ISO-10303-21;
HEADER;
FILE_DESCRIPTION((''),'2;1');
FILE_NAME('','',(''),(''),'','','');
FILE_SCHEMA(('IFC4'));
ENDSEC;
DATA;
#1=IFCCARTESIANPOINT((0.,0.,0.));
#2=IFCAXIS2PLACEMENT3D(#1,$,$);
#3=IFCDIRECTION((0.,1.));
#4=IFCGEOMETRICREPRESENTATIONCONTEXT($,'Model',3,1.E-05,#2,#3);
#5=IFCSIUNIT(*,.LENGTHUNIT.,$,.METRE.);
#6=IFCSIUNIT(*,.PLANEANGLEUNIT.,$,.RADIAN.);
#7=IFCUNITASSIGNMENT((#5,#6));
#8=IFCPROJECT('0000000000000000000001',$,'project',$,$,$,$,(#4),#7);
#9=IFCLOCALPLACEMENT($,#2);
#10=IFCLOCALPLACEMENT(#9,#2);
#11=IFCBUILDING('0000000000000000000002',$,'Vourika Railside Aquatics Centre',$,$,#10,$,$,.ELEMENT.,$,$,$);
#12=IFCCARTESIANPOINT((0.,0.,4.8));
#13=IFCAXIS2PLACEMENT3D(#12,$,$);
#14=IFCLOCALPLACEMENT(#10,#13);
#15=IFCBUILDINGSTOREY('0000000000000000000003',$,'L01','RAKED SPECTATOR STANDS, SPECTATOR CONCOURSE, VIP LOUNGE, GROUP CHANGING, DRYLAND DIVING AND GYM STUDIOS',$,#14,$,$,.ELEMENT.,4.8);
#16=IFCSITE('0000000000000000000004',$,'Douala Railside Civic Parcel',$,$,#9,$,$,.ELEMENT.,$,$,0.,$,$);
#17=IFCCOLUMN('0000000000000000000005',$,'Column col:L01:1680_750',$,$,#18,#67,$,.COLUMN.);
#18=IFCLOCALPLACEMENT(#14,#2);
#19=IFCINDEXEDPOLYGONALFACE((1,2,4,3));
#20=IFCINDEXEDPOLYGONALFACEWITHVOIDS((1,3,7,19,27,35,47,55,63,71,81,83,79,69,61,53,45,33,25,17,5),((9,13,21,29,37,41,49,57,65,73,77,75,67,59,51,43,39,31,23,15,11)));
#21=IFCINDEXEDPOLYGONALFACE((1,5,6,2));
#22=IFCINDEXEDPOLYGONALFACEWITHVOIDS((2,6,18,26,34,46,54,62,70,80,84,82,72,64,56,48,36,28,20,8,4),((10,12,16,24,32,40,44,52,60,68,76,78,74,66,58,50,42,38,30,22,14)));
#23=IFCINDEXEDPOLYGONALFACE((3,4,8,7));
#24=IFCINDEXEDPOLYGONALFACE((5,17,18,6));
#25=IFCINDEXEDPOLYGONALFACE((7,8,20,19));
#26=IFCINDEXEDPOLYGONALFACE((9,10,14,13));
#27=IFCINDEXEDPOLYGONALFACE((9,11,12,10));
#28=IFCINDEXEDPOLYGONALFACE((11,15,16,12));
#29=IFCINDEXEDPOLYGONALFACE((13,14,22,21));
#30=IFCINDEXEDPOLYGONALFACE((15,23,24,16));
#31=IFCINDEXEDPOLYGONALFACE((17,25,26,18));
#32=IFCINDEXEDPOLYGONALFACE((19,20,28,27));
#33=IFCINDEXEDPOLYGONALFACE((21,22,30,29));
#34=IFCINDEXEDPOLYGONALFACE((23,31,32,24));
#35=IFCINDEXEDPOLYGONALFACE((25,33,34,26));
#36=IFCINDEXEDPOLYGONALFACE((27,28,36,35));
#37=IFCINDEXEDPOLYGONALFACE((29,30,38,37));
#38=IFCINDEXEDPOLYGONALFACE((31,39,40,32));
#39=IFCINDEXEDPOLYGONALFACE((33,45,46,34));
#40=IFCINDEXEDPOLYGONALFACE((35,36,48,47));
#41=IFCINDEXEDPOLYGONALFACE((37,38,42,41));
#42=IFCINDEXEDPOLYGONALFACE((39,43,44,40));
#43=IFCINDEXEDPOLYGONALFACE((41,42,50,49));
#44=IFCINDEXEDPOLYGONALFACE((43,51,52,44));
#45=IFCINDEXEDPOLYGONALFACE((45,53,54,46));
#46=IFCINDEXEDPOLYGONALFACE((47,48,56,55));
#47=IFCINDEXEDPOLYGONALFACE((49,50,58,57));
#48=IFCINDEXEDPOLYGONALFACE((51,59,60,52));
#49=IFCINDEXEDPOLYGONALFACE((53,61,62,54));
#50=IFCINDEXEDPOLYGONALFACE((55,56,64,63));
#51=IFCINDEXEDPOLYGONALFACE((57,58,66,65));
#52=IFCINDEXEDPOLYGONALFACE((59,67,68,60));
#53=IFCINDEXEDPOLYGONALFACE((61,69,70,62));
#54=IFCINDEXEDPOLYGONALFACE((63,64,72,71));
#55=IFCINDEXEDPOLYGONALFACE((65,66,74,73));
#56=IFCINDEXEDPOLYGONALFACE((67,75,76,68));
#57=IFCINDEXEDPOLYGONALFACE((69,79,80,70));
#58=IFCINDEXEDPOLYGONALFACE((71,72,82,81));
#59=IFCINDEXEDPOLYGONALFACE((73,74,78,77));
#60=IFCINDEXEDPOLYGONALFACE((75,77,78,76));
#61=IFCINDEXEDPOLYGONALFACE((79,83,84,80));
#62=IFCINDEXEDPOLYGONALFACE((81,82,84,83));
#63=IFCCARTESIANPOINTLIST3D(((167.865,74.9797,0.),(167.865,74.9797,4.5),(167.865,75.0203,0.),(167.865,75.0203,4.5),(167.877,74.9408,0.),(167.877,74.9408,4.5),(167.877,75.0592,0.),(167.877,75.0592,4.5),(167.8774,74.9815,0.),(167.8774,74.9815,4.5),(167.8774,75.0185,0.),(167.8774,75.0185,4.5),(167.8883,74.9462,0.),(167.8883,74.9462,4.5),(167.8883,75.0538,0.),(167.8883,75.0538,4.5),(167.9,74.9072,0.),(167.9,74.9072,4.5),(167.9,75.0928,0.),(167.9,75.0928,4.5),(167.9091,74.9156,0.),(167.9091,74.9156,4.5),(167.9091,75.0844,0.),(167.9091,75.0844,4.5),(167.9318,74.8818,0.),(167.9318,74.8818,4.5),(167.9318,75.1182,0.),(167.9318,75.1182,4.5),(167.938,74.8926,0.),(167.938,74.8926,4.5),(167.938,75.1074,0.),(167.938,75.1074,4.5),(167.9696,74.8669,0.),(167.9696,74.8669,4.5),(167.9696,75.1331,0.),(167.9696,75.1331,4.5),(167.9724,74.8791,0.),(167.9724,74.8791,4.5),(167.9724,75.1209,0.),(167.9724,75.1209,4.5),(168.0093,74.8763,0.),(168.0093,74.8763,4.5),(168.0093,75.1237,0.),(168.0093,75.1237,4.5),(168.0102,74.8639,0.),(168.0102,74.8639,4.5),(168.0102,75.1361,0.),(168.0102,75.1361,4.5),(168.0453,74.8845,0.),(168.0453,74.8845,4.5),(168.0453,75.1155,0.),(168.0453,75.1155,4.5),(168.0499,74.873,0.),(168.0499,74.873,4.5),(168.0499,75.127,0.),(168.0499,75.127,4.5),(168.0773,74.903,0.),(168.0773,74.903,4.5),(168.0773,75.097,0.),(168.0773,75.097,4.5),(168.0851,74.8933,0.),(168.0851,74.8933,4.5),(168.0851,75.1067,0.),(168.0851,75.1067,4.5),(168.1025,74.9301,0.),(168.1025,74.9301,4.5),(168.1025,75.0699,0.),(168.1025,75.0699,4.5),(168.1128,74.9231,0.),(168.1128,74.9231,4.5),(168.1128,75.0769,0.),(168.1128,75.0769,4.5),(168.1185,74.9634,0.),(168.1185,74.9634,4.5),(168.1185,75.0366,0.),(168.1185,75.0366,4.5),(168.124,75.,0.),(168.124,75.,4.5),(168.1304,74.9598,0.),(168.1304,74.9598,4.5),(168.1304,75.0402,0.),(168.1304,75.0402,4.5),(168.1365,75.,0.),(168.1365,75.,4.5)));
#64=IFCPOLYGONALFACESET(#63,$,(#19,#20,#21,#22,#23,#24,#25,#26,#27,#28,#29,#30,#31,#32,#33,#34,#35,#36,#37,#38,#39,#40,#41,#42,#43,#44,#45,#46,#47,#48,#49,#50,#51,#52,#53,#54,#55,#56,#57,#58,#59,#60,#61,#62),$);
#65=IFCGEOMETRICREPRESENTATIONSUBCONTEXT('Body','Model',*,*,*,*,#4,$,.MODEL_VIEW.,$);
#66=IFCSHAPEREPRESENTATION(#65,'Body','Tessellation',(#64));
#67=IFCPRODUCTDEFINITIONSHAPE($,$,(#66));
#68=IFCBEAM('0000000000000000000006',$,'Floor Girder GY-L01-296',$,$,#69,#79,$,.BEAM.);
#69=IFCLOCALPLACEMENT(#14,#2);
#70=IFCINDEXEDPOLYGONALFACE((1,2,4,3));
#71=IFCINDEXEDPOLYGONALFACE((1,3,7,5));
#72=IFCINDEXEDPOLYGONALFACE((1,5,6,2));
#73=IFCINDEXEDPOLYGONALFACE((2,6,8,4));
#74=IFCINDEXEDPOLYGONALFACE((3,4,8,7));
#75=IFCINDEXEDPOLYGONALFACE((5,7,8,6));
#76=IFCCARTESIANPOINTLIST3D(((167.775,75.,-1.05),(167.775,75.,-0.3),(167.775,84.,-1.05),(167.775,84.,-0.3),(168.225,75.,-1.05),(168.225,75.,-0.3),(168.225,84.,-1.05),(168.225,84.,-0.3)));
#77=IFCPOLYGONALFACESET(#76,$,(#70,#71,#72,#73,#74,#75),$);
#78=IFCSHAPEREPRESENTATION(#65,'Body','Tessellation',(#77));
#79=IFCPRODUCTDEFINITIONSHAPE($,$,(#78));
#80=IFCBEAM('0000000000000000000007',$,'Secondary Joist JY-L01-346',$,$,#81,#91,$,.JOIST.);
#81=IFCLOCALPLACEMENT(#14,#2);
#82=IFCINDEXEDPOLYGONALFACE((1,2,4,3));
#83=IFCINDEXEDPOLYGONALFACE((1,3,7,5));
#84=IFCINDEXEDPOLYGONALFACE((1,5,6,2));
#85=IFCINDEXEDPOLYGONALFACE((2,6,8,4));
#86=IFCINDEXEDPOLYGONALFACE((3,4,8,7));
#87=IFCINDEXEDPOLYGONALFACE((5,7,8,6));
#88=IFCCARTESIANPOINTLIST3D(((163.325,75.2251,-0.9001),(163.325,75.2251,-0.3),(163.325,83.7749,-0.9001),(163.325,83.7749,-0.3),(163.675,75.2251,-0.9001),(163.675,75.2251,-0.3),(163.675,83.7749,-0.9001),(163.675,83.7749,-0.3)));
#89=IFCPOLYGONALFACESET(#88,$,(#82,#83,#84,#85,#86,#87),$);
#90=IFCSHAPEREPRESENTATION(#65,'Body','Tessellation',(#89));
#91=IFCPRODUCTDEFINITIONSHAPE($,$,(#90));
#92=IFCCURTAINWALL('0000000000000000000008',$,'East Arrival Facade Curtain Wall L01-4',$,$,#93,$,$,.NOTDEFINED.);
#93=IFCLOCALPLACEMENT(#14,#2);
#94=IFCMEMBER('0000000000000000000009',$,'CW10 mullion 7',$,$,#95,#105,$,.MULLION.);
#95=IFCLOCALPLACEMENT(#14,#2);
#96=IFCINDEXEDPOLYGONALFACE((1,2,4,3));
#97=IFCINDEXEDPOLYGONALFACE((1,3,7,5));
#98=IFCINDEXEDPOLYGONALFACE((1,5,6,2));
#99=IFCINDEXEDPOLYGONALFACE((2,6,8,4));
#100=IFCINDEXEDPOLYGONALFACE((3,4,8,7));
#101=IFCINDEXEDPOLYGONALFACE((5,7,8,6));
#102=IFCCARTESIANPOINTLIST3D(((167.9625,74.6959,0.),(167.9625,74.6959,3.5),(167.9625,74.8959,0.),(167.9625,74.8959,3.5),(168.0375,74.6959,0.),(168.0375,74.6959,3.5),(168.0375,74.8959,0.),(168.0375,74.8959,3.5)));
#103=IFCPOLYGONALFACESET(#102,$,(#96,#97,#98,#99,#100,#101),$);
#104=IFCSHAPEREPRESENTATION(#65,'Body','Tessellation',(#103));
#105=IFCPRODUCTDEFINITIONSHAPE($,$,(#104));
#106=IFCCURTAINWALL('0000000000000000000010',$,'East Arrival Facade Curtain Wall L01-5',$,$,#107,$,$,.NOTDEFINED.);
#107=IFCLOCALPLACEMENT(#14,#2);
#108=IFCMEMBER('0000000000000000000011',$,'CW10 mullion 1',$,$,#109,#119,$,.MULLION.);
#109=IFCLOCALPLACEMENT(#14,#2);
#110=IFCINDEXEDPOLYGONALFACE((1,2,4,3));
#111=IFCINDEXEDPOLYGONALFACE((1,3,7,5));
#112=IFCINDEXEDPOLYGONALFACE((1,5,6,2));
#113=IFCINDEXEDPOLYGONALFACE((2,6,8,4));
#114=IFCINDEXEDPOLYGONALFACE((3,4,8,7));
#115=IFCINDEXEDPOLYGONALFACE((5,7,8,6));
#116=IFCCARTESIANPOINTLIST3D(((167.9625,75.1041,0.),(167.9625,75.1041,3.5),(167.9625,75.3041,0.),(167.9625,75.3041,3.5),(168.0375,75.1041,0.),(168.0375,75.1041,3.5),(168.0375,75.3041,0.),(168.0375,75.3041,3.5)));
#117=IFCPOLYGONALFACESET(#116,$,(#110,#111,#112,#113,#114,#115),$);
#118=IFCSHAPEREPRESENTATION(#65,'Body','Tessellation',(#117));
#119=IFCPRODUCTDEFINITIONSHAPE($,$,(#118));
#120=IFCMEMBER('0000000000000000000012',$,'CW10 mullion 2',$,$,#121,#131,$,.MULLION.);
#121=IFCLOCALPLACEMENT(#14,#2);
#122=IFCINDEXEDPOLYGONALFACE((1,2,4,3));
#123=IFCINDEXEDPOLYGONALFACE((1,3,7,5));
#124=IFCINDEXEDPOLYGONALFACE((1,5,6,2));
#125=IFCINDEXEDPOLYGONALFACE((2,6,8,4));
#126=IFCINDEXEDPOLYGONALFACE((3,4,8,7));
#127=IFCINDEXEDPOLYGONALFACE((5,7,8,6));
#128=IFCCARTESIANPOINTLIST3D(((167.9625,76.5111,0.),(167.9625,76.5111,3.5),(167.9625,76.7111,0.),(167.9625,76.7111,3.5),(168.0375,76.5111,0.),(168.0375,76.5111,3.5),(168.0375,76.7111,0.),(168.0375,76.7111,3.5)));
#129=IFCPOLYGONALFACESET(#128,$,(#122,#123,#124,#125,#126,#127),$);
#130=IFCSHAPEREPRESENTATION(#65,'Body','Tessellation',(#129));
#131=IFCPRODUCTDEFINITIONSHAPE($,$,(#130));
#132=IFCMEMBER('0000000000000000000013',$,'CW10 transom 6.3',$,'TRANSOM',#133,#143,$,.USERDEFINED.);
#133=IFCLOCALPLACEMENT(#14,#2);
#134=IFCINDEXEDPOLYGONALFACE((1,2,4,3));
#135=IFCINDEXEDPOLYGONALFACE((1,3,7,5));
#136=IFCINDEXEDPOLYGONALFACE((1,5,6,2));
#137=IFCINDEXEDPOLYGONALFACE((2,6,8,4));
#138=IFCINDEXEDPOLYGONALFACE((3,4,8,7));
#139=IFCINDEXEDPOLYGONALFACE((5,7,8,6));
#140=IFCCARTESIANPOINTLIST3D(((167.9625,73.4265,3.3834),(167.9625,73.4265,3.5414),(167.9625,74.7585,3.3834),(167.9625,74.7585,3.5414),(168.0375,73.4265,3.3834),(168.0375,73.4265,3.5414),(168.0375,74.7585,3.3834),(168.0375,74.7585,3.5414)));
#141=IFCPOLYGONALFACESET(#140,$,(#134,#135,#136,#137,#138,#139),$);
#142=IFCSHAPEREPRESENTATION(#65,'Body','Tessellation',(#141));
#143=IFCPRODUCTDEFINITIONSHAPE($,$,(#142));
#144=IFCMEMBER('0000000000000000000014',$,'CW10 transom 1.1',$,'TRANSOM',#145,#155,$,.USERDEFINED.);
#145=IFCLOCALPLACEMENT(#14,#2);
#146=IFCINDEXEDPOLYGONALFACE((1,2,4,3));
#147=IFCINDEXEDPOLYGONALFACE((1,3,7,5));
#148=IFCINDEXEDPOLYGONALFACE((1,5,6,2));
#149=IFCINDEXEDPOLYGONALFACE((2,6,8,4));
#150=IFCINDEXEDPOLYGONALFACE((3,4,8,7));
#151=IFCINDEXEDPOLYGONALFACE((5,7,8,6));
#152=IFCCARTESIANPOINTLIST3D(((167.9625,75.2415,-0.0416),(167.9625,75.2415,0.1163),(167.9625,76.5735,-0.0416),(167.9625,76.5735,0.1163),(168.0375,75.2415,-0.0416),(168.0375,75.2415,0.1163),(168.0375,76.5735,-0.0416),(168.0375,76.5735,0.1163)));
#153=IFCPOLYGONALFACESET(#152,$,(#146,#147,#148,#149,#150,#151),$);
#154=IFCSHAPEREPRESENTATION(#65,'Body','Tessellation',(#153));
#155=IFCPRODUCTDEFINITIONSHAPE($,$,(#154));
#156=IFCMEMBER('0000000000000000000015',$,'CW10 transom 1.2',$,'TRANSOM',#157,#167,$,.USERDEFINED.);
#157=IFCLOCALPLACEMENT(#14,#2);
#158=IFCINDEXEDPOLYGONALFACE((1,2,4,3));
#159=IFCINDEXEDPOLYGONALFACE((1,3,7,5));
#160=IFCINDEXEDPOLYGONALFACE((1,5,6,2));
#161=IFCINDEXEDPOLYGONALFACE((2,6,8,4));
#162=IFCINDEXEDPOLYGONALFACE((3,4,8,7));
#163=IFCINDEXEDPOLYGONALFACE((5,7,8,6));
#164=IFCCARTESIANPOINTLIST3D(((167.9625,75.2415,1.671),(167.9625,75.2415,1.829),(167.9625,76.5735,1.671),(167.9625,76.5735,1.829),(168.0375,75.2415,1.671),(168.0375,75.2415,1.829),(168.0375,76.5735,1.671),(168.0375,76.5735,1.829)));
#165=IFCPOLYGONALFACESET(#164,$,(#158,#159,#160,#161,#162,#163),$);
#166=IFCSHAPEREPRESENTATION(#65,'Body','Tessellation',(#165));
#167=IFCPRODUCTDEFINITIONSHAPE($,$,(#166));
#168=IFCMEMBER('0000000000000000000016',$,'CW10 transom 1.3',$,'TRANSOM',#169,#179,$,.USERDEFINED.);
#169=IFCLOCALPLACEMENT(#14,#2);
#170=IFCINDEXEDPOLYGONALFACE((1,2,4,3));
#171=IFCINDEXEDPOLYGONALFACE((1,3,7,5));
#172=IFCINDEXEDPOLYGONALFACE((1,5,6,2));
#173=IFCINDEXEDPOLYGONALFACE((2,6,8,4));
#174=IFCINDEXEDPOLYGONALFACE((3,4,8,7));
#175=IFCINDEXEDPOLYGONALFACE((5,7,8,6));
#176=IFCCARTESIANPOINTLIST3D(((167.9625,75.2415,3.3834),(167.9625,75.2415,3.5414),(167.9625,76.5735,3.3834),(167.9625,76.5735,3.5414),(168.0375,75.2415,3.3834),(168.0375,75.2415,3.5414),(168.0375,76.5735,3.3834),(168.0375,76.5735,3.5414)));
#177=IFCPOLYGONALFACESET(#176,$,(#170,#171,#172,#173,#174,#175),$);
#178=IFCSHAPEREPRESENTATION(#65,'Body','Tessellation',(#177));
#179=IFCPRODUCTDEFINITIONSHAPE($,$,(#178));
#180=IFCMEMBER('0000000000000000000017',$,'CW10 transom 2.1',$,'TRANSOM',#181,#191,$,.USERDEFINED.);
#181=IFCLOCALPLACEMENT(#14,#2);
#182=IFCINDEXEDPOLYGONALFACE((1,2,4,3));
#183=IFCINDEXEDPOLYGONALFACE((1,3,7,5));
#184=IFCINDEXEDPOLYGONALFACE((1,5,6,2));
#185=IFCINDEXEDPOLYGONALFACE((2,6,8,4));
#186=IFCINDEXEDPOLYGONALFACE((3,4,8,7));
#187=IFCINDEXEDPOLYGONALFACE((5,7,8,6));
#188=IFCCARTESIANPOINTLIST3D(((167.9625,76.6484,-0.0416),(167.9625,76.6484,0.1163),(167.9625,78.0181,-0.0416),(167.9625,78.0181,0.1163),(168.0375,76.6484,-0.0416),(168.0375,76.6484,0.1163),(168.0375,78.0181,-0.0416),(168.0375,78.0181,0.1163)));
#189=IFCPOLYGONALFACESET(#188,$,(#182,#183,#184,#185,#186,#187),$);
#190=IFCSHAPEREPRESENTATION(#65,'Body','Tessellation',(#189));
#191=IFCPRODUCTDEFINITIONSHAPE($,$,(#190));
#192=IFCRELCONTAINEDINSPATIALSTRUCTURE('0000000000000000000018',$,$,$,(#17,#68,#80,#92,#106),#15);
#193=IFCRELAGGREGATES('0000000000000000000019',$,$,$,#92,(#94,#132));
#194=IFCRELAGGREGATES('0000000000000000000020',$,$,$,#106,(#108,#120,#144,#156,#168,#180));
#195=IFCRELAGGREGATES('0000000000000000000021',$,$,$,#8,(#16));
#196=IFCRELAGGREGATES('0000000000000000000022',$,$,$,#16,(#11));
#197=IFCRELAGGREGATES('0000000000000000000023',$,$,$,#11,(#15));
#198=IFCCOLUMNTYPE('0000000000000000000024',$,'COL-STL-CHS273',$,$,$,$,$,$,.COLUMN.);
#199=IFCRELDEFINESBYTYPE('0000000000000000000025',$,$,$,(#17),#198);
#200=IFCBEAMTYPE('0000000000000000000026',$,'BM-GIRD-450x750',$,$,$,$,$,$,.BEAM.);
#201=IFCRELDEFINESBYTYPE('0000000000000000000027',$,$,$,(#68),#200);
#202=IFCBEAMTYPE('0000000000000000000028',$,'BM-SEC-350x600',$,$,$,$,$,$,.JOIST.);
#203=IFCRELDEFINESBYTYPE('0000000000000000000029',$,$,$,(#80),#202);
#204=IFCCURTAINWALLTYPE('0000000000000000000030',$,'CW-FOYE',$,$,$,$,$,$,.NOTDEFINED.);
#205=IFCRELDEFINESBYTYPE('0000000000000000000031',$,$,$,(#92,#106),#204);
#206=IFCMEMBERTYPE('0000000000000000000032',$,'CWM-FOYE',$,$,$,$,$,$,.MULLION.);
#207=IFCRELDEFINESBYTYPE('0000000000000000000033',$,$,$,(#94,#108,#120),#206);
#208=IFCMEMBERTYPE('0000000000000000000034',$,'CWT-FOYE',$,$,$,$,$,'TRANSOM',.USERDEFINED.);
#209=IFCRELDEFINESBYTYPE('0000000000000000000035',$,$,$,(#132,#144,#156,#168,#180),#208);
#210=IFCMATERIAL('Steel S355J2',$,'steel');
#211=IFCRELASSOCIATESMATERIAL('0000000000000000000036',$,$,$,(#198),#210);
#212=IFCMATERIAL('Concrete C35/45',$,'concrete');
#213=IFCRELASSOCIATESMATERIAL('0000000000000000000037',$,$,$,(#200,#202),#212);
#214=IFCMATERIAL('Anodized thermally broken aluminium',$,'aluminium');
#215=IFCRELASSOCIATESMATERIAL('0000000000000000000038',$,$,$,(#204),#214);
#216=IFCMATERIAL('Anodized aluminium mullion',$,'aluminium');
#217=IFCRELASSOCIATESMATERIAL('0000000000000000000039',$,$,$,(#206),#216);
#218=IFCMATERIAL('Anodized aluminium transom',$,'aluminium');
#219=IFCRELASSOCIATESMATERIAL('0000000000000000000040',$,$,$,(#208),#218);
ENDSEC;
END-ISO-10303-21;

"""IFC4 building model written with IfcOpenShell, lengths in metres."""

from ifc_helpers import new_model, si_unit, direction, frame, origin, origin_2d, place, context, subcontext, project, spatial, rectangle, hollow_circle, extrude, material, material_profile, profile_set, type_object, element, aggregate, save


model = new_model("IFC4")

# Units and contexts
model_context = context("Model", 3, precision=1e-05, world=origin(), true_north=direction((0.0, 1.0)))
body_context = subcontext(model_context, "Body", "Model", "MODEL_VIEW")
ifc_project = project(units=[si_unit("LENGTHUNIT", "METRE"), si_unit("PLANEANGLEUNIT", "RADIAN")], contexts=[model_context])

# Site, building, storey
site_placement = place(None, origin())
site = spatial("IfcSite", under=ifc_project, at=site_placement, Name="Douala Railside Civic Parcel", CompositionType="ELEMENT", RefElevation=0.0)
building_placement = place(site_placement, origin())
building = spatial("IfcBuilding", under=site, at=building_placement, Name="Vourika Railside Aquatics Centre", CompositionType="ELEMENT")
storey_placement = place(building_placement, frame((0.0, 0.0, 4.8)))
storey = spatial("IfcBuildingStorey", under=building, at=storey_placement, Name="L01", Description="RAKED SPECTATOR STANDS, SPECTATOR CONCOURSE, VIP LOUNGE, GROUP CHANGING, DRYLAND DIVING AND GYM STUDIOS", CompositionType="ELEMENT", Elevation=4.8)

# Column
ifc_material_1 = material(Name="Steel S355J2", Category="steel")
ifc_material_profile_1 = material_profile(ifc_material_1, hollow_circle(Radius=0.1365, WallThickness=0.0125, at=origin_2d()), Name="CHS 273x12.5")
ifc_profile_set_1 = profile_set([ifc_material_profile_1], Name="Steel S355J2")
column_type = type_object("IfcColumnType", Name="COL-STL-CHS273", PredefinedType="COLUMN", material=ifc_profile_set_1)
column_placement = place(storey_placement, frame((168.0, 75.0, 0.0), z_axis=(0.0, 0.0, 1.0), x_axis=(1.0, 0.0, 0.0)))
element("IfcColumn", 1, at=column_placement, inside=storey, type_object=column_type, Name="Column col:L01:1680_750", PredefinedType="COLUMN", context=body_context, shape_type="SweptSolid", body=[
    extrude(hollow_circle(Radius=0.1365, WallThickness=0.0125, at=origin_2d()), origin(), (0.0, 0.0, 1.0), 4.5),
])

# Beams
ifc_material_2 = material(Name="Concrete C35/45", Category="concrete")
ifc_material_profile_2 = material_profile(ifc_material_2, rectangle(XDim=0.45, YDim=0.75, at=origin_2d()), Name="RC 450x750")
ifc_profile_set_2 = profile_set([ifc_material_profile_2], Name="Concrete C35/45")
beam_type_1 = type_object("IfcBeamType", Name="BM-GIRD-450x750", PredefinedType="BEAM", material=ifc_profile_set_2)
beam_1_placement = place(storey_placement, frame((168.0, 75.0, -0.675), z_axis=(0.0, 1.0, 0.0), x_axis=(-1.0, 0.0, 0.0)))
element("IfcBeam", 2, at=beam_1_placement, inside=storey, type_object=beam_type_1, Name="Floor Girder GY-L01-296", PredefinedType="BEAM", context=body_context, shape_type="SweptSolid", body=[
    extrude(rectangle(XDim=0.45, YDim=0.75, at=origin_2d()), origin(), (0.0, 0.0, 1.0), 9.0),
])
ifc_material_profile_3 = material_profile(ifc_material_2, rectangle(XDim=0.3501, YDim=0.6001, at=origin_2d()), Name="RC 350x600")
ifc_profile_set_3 = profile_set([ifc_material_profile_3], Name="Concrete C35/45")
beam_type_2 = type_object("IfcBeamType", Name="BM-SEC-350x600", PredefinedType="JOIST", material=ifc_profile_set_3)
beam_2_placement = place(storey_placement, frame((163.5, 75.2251, -0.6001), z_axis=(0.0, 1.0, 0.0), x_axis=(-1.0, 0.0, 0.0)))
element("IfcBeam", 3, at=beam_2_placement, inside=storey, type_object=beam_type_2, Name="Secondary Joist JY-L01-346", PredefinedType="JOIST", context=body_context, shape_type="SweptSolid", body=[
    extrude(rectangle(XDim=0.3501, YDim=0.6001, at=origin_2d()), origin(), (0.0, 0.0, 1.0), 8.5498),
])

# Curtain wall, member
ifc_material_3 = material(Name="Anodized thermally broken aluminium", Category="aluminium")
curtain_wall_type = type_object("IfcCurtainWallType", Name="CW-FOYE", PredefinedType="NOTDEFINED", material=ifc_material_3)
curtain_wall_1_placement = place(storey_placement, origin())
curtain_wall_1 = element("IfcCurtainWall", 4, at=curtain_wall_1_placement, inside=storey, type_object=curtain_wall_type, Name="East Arrival Facade Curtain Wall L01-4", PredefinedType="NOTDEFINED")
ifc_material_4 = material(Name="Anodized aluminium mullion", Category="aluminium")
ifc_material_profile_4 = material_profile(ifc_material_4, rectangle(XDim=0.075, YDim=0.2, at=origin_2d()), Name="ALU-M 75x200")
ifc_profile_set_4 = profile_set([ifc_material_profile_4], Name="Anodized aluminium mullion")
member_type_1 = type_object("IfcMemberType", Name="CWM-FOYE", PredefinedType="MULLION", material=ifc_profile_set_4)
member_1_placement = place(storey_placement, frame((168.0, 74.7959, 0.0), z_axis=(0.0, 0.0, 1.0), x_axis=(-1.0, 0.0, 0.0)))
member_1 = element("IfcMember", 5, at=member_1_placement, type_object=member_type_1, Name="CW10 mullion 7", PredefinedType="MULLION", context=body_context, shape_type="SweptSolid", body=[
    extrude(rectangle(XDim=0.075, YDim=0.2, at=origin_2d()), origin(), (0.0, 0.0, 1.0), 3.5),
])

# Curtain wall, members
curtain_wall_2_placement = place(storey_placement, origin())
curtain_wall_2 = element("IfcCurtainWall", 6, at=curtain_wall_2_placement, inside=storey, type_object=curtain_wall_type, Name="East Arrival Facade Curtain Wall L01-5", PredefinedType="NOTDEFINED")
member_2_placement = place(storey_placement, frame((168.0, 75.2041, 0.0), z_axis=(0.0, 0.0, 1.0), x_axis=(-1.0, 0.0, 0.0)))
member_2 = element("IfcMember", 7, at=member_2_placement, type_object=member_type_1, Name="CW10 mullion 1", PredefinedType="MULLION", context=body_context, shape_type="SweptSolid", body=[
    extrude(rectangle(XDim=0.075, YDim=0.2, at=origin_2d()), origin(), (0.0, 0.0, 1.0), 3.5),
])
member_3_placement = place(storey_placement, frame((168.0, 76.6111, 0.0), z_axis=(0.0, 0.0, 1.0), x_axis=(-1.0, 0.0, 0.0)))
member_3 = element("IfcMember", 8, at=member_3_placement, type_object=member_type_1, Name="CW10 mullion 2", PredefinedType="MULLION", context=body_context, shape_type="SweptSolid", body=[
    extrude(rectangle(XDim=0.075, YDim=0.2, at=origin_2d()), origin(), (0.0, 0.0, 1.0), 3.5),
])

# Members
ifc_material_5 = material(Name="Anodized aluminium transom", Category="aluminium")
ifc_material_profile_5 = material_profile(ifc_material_5, rectangle(XDim=0.075, YDim=0.158, at=origin_2d()), Name="ALU-T 75x158")
ifc_profile_set_5 = profile_set([ifc_material_profile_5], Name="Anodized aluminium transom")
member_type_2 = type_object("IfcMemberType", Name="CWT-FOYE", ElementType="TRANSOM", PredefinedType="USERDEFINED", material=ifc_profile_set_5)
member_4_placement = place(storey_placement, frame((168.0, 73.4265, 3.4624), z_axis=(0.0, 1.0, 0.0), x_axis=(-1.0, 0.0, 0.0)))
member_4 = element("IfcMember", 9, at=member_4_placement, type_object=member_type_2, Name="CW10 transom 6.3", ObjectType="TRANSOM", PredefinedType="USERDEFINED", context=body_context, shape_type="SweptSolid", body=[
    extrude(rectangle(XDim=0.075, YDim=0.158, at=origin_2d()), origin(), (0.0, 0.0, 1.0), 1.332),
])
member_5_placement = place(storey_placement, frame((168.0, 75.2415, 0.0374), z_axis=(0.0, 1.0, 0.0), x_axis=(-1.0, 0.0, 0.0)))
member_5 = element("IfcMember", 10, at=member_5_placement, type_object=member_type_2, Name="CW10 transom 1.1", ObjectType="TRANSOM", PredefinedType="USERDEFINED", context=body_context, shape_type="SweptSolid", body=[
    extrude(rectangle(XDim=0.075, YDim=0.158, at=origin_2d()), origin(), (0.0, 0.0, 1.0), 1.332),
])
member_6_placement = place(storey_placement, frame((168.0, 75.2415, 1.75), z_axis=(0.0, 1.0, 0.0), x_axis=(-1.0, 0.0, 0.0)))
member_6 = element("IfcMember", 11, at=member_6_placement, type_object=member_type_2, Name="CW10 transom 1.2", ObjectType="TRANSOM", PredefinedType="USERDEFINED", context=body_context, shape_type="SweptSolid", body=[
    extrude(rectangle(XDim=0.075, YDim=0.158, at=origin_2d()), origin(), (0.0, 0.0, 1.0), 1.332),
])
member_7_placement = place(storey_placement, frame((168.0, 75.2415, 3.4624), z_axis=(0.0, 1.0, 0.0), x_axis=(-1.0, 0.0, 0.0)))
member_7 = element("IfcMember", 12, at=member_7_placement, type_object=member_type_2, Name="CW10 transom 1.3", ObjectType="TRANSOM", PredefinedType="USERDEFINED", context=body_context, shape_type="SweptSolid", body=[
    extrude(rectangle(XDim=0.075, YDim=0.158, at=origin_2d()), origin(), (0.0, 0.0, 1.0), 1.332),
])
member_8_placement = place(storey_placement, frame((168.0, 76.6484, 0.0374), z_axis=(0.0, 1.0, 0.0), x_axis=(-1.0, 0.0, 0.0)))
member_8 = element("IfcMember", 13, at=member_8_placement, type_object=member_type_2, Name="CW10 transom 2.1", ObjectType="TRANSOM", PredefinedType="USERDEFINED", context=body_context, shape_type="SweptSolid", body=[
    extrude(rectangle(XDim=0.075, YDim=0.158, at=origin_2d()), origin(), (0.0, 0.0, 1.0), 1.3696),
])

aggregate(curtain_wall_1, [member_1, member_4])
aggregate(curtain_wall_2, [member_2, member_3, member_5, member_6, member_7, member_8])

save(model, "model.ifc")
